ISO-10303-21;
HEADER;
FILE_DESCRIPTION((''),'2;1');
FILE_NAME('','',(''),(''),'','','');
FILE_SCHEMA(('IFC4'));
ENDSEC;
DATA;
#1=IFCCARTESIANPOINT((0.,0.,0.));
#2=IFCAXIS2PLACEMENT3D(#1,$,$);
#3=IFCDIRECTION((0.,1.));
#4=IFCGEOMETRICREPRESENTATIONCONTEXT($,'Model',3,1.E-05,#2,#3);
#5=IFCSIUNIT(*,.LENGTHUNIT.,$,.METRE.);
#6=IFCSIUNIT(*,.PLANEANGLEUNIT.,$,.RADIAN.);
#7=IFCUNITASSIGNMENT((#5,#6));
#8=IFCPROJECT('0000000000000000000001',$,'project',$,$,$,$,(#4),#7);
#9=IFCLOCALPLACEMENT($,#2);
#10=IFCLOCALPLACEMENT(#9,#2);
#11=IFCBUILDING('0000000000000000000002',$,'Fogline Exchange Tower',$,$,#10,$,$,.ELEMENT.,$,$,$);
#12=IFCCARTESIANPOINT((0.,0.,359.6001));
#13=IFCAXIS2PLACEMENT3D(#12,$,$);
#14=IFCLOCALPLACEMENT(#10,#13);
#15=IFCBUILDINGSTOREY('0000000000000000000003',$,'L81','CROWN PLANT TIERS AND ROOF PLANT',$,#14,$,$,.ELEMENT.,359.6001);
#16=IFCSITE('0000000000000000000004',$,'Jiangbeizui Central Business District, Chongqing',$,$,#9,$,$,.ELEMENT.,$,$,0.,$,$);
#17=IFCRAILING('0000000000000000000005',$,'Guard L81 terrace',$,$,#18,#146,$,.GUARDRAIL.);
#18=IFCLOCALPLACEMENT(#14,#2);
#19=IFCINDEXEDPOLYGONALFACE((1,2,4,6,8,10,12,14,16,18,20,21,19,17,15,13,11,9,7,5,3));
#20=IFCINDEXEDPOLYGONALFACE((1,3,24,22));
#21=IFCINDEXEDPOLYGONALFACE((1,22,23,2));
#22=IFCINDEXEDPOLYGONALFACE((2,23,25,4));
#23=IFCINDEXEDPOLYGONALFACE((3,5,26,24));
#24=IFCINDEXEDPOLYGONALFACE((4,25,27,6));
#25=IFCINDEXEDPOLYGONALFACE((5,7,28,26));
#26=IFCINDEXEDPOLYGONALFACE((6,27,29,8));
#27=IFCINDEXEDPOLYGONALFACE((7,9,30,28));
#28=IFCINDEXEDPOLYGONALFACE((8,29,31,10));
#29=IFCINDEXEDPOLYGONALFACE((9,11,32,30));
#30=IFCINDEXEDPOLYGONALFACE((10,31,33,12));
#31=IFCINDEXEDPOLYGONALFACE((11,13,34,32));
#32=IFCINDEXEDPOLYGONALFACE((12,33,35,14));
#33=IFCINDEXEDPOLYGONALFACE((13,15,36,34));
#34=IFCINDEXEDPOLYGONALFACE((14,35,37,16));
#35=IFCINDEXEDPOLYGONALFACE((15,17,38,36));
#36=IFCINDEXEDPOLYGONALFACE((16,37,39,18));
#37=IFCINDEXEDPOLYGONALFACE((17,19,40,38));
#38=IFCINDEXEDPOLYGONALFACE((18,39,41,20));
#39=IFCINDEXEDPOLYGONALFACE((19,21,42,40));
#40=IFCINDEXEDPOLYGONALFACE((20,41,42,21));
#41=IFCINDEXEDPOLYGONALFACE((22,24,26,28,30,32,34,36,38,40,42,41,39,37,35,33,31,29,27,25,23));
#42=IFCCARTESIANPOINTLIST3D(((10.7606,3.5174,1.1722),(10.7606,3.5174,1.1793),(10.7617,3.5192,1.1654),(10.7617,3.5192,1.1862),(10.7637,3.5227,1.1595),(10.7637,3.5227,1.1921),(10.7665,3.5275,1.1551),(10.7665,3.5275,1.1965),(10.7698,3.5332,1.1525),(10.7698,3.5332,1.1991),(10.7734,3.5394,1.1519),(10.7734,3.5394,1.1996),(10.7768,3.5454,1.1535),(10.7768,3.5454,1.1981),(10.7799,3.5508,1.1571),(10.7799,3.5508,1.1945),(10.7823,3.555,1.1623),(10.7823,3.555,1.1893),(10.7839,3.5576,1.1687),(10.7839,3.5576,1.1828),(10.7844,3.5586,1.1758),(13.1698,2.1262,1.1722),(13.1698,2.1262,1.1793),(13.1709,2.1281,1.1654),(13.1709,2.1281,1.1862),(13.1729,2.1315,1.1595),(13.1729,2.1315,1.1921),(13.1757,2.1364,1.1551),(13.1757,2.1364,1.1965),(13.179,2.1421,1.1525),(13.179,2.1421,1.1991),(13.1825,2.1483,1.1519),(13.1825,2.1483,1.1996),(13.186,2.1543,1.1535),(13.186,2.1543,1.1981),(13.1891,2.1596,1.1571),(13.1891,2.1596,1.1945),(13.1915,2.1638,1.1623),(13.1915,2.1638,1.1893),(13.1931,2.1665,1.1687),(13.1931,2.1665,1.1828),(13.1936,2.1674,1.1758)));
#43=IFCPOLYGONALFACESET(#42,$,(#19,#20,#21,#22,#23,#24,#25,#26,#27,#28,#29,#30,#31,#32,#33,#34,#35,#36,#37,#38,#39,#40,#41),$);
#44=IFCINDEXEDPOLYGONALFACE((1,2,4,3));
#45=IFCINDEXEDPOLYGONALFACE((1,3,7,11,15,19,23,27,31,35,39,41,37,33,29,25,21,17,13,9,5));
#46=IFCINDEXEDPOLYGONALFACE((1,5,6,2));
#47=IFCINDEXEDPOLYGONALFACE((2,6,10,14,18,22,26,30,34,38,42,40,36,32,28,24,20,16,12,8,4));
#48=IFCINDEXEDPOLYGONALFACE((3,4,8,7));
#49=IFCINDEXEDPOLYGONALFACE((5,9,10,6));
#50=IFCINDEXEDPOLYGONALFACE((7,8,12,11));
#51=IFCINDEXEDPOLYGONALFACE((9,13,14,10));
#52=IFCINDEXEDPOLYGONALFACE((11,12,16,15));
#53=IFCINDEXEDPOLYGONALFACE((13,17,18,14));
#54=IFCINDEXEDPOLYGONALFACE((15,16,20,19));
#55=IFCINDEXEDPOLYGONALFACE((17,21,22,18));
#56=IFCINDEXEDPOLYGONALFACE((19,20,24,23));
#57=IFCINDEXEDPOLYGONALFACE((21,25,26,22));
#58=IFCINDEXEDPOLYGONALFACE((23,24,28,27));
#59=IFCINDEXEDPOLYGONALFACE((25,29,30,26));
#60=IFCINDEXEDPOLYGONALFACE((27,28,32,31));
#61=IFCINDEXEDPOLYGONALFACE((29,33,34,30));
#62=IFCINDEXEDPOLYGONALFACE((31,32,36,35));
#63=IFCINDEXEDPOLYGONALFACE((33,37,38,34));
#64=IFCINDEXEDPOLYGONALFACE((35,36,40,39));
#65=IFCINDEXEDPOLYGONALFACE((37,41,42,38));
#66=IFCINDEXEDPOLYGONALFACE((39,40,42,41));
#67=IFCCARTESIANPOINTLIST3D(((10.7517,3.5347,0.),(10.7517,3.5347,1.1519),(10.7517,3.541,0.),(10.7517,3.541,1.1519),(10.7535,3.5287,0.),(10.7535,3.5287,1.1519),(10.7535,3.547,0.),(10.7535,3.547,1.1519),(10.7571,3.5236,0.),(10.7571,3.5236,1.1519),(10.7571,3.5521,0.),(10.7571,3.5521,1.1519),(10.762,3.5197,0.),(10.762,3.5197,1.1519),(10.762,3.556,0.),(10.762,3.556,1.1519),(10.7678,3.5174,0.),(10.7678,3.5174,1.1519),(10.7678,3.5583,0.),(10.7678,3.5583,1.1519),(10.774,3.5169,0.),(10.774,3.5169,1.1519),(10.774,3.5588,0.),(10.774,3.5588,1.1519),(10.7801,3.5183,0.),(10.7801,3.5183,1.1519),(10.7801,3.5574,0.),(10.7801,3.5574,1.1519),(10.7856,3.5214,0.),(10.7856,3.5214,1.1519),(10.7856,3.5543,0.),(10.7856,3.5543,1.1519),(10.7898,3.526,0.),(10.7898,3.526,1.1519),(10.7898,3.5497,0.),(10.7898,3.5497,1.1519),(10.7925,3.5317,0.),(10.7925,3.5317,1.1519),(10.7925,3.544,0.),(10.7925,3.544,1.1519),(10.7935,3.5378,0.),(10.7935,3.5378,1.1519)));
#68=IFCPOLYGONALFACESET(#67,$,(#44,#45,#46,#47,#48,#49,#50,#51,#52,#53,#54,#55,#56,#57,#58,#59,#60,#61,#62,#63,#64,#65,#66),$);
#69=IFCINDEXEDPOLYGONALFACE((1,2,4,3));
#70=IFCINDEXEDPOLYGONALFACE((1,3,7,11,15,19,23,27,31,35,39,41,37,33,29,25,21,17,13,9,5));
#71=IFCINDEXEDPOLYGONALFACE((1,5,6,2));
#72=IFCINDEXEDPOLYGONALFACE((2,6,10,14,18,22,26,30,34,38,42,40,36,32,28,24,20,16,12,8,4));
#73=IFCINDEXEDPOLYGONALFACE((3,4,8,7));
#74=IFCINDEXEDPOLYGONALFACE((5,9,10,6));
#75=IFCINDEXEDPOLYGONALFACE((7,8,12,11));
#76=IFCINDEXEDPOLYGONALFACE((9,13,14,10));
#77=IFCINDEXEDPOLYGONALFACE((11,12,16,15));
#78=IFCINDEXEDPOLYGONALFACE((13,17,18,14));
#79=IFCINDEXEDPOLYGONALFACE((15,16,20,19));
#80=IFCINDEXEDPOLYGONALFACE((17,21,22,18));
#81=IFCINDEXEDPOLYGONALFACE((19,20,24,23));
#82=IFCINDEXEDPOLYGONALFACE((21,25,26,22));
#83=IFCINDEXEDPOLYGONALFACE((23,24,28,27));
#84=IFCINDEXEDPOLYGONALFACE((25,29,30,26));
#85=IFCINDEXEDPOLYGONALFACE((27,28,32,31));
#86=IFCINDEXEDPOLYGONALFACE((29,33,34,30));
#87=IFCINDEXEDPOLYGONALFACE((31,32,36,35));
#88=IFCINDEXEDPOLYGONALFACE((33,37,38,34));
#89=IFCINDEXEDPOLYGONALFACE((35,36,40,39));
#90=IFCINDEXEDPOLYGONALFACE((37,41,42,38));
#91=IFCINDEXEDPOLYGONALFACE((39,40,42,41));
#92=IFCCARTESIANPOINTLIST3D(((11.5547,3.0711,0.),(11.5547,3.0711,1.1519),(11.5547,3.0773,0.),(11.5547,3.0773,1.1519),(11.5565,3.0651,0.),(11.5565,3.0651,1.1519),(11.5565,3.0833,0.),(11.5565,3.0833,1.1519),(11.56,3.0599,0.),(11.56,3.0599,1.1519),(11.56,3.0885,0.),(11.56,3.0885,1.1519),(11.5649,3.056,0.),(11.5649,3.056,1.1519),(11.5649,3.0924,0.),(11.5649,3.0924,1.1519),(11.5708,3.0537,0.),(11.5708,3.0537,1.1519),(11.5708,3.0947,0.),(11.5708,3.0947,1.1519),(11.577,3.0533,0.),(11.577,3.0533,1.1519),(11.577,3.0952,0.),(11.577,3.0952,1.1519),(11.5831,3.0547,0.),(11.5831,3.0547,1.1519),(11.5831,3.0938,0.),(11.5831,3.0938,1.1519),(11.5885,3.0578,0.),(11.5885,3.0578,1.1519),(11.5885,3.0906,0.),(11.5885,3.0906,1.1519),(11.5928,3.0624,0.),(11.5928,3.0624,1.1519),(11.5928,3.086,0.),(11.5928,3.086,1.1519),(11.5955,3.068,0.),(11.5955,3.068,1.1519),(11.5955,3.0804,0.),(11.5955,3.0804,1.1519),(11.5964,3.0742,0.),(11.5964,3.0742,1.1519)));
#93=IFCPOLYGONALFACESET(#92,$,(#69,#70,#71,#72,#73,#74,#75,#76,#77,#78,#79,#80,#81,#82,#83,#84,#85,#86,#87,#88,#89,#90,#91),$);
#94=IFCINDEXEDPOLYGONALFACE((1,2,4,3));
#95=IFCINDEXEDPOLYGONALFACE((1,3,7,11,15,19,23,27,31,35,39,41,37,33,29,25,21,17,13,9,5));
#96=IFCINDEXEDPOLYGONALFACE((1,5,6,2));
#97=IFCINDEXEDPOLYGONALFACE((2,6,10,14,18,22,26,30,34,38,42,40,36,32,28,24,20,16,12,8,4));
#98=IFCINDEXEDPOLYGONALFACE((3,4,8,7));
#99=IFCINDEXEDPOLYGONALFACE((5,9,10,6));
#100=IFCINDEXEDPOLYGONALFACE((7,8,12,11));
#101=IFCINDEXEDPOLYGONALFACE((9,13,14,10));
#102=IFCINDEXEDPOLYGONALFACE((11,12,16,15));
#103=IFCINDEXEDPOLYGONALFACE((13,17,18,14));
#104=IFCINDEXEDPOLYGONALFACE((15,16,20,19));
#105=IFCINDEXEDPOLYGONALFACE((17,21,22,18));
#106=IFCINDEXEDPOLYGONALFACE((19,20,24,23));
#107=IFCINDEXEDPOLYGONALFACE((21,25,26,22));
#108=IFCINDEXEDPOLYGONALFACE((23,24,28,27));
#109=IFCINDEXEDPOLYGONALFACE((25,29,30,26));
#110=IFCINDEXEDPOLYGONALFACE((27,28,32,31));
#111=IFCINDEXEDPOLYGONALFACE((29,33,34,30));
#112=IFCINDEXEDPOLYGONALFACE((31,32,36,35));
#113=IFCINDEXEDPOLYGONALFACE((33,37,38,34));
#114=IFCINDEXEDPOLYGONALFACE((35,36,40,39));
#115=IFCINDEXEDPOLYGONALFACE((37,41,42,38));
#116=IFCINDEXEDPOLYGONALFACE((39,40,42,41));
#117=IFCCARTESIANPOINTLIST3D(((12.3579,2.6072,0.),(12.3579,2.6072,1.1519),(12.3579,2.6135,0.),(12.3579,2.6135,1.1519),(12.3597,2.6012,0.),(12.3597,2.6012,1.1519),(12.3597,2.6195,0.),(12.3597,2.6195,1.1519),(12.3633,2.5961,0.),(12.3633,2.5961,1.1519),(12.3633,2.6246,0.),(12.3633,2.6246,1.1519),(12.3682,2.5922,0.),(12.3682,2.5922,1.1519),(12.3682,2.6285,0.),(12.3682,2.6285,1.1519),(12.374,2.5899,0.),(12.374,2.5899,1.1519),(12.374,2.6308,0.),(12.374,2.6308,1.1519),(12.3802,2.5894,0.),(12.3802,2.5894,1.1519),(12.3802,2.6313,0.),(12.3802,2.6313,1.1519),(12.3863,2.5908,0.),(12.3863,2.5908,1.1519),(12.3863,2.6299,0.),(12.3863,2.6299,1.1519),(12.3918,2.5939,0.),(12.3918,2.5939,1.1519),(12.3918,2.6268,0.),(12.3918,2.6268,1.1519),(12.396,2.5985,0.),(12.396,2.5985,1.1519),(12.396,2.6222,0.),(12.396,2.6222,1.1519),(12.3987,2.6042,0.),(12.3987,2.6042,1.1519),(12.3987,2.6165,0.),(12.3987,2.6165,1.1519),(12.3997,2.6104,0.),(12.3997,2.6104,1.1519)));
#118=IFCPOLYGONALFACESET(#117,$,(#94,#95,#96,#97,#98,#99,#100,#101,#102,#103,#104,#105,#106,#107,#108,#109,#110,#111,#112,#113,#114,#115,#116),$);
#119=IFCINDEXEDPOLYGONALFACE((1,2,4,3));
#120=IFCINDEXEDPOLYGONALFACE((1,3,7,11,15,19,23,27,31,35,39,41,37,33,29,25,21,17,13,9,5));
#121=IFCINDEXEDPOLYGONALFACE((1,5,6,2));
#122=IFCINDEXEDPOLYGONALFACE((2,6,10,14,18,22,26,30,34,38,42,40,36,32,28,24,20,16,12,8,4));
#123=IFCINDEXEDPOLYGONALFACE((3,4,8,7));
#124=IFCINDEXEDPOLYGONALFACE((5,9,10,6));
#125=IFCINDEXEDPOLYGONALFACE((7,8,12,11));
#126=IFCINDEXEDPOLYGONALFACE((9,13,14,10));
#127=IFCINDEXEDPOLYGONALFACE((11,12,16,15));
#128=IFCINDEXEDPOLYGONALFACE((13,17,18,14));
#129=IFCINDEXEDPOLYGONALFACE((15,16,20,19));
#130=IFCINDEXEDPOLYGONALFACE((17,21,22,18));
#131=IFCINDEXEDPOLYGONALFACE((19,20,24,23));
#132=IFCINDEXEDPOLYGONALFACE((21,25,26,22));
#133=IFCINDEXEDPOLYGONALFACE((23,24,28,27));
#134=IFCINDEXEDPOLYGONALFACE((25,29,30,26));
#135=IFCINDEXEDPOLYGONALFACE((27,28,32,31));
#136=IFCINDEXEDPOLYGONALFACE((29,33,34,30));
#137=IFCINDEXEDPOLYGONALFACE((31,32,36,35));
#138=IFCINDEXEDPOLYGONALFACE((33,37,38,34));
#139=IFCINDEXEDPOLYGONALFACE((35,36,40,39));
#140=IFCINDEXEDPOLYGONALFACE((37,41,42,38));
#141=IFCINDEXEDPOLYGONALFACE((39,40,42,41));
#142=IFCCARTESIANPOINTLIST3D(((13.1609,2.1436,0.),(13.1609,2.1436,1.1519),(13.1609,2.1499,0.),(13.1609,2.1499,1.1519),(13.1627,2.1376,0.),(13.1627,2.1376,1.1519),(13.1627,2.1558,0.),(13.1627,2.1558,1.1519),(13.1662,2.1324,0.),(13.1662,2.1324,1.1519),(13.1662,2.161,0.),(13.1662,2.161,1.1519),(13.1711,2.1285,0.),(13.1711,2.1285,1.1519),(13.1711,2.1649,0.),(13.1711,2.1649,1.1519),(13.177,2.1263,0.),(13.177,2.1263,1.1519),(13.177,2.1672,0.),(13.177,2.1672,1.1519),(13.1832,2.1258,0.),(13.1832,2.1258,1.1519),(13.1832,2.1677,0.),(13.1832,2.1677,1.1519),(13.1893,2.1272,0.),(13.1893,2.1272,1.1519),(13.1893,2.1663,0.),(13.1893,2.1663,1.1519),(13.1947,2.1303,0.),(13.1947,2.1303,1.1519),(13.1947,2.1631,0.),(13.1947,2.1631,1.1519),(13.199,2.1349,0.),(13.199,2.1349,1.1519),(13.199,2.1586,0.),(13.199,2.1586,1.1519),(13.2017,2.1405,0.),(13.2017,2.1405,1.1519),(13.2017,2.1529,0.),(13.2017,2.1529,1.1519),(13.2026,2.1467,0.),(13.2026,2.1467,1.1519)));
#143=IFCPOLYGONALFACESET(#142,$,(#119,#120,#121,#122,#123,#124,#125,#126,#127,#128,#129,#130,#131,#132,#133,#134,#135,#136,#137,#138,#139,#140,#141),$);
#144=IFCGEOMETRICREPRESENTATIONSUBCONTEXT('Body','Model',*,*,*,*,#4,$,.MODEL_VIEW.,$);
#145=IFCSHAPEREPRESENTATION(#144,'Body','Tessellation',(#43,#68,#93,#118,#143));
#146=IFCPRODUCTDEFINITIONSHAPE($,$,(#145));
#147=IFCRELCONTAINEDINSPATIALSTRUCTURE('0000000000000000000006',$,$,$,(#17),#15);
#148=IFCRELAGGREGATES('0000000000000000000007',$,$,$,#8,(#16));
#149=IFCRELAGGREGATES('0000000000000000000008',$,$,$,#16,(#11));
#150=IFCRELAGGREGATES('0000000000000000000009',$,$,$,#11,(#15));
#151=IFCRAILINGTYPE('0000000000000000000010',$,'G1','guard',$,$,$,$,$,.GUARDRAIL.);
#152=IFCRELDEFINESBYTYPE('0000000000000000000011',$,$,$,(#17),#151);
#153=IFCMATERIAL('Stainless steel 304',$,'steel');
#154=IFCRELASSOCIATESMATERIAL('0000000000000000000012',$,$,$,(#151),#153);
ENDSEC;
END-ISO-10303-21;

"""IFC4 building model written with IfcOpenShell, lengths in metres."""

from ifc_helpers import new_model, si_unit, direction, frame, origin, origin_2d, place, context, subcontext, project, spatial, circle, extrude, material, type_object, element, save


model = new_model("IFC4")

# Units and contexts
model_context = context("Model", 3, precision=1e-05, world=origin(), true_north=direction((0.0, 1.0)))
body_context = subcontext(model_context, "Body", "Model", "MODEL_VIEW")
ifc_project = project(units=[si_unit("LENGTHUNIT", "METRE"), si_unit("PLANEANGLEUNIT", "RADIAN")], contexts=[model_context])

# Site, building, storey
site_placement = place(None, origin())
site = spatial("IfcSite", under=ifc_project, at=site_placement, Name="Jiangbeizui Central Business District, Chongqing", CompositionType="ELEMENT", RefElevation=0.0)
building_placement = place(site_placement, origin())
building = spatial("IfcBuilding", under=site, at=building_placement, Name="Fogline Exchange Tower", CompositionType="ELEMENT")
storey_placement = place(building_placement, frame((0.0, 0.0, 359.6001)))
storey = spatial("IfcBuildingStorey", under=building, at=storey_placement, Name="L81", Description="CROWN PLANT TIERS AND ROOF PLANT", CompositionType="ELEMENT", Elevation=359.6001)

# Railing
ifc_material_1 = material(Name="Stainless steel 304", Category="steel")
railing_type_1 = type_object("IfcRailingType", Name="G1", Description="guard", PredefinedType="GUARDRAIL", material=ifc_material_1)
railing_1_placement = place(storey_placement, frame((10.7725, 3.5378, 0.0)))
element("IfcRailing", 1, at=railing_1_placement, inside=storey, type_object=railing_type_1, Name="Guard L81 terrace", PredefinedType="GUARDRAIL", context=body_context, shape_type="SweptSolid", body=[
    extrude(circle(Radius=0.0239, at=origin_2d()), frame((0.0, 0.0, 1.1758), z_axis=(0.865999, -0.500047, 0.0), x_axis=(0.500047, 0.865999, 0.0)), (0.0, 0.0, 1.0), 2.782),
    extrude(circle(Radius=0.021, at=origin_2d()), origin(), (0.0, 0.0, 1.0), 1.1519),
    extrude(circle(Radius=0.021, at=origin_2d()), frame((0.803, -0.4636, 0.0)), (0.0, 0.0, 1.0), 1.1519),
    extrude(circle(Radius=0.021, at=origin_2d()), frame((1.6062, -0.9275, 0.0)), (0.0, 0.0, 1.0), 1.1519),
    extrude(circle(Radius=0.021, at=origin_2d()), frame((2.4092, -1.3911, 0.0)), (0.0, 0.0, 1.0), 1.1519),
])

save(model, "model.ifc")
